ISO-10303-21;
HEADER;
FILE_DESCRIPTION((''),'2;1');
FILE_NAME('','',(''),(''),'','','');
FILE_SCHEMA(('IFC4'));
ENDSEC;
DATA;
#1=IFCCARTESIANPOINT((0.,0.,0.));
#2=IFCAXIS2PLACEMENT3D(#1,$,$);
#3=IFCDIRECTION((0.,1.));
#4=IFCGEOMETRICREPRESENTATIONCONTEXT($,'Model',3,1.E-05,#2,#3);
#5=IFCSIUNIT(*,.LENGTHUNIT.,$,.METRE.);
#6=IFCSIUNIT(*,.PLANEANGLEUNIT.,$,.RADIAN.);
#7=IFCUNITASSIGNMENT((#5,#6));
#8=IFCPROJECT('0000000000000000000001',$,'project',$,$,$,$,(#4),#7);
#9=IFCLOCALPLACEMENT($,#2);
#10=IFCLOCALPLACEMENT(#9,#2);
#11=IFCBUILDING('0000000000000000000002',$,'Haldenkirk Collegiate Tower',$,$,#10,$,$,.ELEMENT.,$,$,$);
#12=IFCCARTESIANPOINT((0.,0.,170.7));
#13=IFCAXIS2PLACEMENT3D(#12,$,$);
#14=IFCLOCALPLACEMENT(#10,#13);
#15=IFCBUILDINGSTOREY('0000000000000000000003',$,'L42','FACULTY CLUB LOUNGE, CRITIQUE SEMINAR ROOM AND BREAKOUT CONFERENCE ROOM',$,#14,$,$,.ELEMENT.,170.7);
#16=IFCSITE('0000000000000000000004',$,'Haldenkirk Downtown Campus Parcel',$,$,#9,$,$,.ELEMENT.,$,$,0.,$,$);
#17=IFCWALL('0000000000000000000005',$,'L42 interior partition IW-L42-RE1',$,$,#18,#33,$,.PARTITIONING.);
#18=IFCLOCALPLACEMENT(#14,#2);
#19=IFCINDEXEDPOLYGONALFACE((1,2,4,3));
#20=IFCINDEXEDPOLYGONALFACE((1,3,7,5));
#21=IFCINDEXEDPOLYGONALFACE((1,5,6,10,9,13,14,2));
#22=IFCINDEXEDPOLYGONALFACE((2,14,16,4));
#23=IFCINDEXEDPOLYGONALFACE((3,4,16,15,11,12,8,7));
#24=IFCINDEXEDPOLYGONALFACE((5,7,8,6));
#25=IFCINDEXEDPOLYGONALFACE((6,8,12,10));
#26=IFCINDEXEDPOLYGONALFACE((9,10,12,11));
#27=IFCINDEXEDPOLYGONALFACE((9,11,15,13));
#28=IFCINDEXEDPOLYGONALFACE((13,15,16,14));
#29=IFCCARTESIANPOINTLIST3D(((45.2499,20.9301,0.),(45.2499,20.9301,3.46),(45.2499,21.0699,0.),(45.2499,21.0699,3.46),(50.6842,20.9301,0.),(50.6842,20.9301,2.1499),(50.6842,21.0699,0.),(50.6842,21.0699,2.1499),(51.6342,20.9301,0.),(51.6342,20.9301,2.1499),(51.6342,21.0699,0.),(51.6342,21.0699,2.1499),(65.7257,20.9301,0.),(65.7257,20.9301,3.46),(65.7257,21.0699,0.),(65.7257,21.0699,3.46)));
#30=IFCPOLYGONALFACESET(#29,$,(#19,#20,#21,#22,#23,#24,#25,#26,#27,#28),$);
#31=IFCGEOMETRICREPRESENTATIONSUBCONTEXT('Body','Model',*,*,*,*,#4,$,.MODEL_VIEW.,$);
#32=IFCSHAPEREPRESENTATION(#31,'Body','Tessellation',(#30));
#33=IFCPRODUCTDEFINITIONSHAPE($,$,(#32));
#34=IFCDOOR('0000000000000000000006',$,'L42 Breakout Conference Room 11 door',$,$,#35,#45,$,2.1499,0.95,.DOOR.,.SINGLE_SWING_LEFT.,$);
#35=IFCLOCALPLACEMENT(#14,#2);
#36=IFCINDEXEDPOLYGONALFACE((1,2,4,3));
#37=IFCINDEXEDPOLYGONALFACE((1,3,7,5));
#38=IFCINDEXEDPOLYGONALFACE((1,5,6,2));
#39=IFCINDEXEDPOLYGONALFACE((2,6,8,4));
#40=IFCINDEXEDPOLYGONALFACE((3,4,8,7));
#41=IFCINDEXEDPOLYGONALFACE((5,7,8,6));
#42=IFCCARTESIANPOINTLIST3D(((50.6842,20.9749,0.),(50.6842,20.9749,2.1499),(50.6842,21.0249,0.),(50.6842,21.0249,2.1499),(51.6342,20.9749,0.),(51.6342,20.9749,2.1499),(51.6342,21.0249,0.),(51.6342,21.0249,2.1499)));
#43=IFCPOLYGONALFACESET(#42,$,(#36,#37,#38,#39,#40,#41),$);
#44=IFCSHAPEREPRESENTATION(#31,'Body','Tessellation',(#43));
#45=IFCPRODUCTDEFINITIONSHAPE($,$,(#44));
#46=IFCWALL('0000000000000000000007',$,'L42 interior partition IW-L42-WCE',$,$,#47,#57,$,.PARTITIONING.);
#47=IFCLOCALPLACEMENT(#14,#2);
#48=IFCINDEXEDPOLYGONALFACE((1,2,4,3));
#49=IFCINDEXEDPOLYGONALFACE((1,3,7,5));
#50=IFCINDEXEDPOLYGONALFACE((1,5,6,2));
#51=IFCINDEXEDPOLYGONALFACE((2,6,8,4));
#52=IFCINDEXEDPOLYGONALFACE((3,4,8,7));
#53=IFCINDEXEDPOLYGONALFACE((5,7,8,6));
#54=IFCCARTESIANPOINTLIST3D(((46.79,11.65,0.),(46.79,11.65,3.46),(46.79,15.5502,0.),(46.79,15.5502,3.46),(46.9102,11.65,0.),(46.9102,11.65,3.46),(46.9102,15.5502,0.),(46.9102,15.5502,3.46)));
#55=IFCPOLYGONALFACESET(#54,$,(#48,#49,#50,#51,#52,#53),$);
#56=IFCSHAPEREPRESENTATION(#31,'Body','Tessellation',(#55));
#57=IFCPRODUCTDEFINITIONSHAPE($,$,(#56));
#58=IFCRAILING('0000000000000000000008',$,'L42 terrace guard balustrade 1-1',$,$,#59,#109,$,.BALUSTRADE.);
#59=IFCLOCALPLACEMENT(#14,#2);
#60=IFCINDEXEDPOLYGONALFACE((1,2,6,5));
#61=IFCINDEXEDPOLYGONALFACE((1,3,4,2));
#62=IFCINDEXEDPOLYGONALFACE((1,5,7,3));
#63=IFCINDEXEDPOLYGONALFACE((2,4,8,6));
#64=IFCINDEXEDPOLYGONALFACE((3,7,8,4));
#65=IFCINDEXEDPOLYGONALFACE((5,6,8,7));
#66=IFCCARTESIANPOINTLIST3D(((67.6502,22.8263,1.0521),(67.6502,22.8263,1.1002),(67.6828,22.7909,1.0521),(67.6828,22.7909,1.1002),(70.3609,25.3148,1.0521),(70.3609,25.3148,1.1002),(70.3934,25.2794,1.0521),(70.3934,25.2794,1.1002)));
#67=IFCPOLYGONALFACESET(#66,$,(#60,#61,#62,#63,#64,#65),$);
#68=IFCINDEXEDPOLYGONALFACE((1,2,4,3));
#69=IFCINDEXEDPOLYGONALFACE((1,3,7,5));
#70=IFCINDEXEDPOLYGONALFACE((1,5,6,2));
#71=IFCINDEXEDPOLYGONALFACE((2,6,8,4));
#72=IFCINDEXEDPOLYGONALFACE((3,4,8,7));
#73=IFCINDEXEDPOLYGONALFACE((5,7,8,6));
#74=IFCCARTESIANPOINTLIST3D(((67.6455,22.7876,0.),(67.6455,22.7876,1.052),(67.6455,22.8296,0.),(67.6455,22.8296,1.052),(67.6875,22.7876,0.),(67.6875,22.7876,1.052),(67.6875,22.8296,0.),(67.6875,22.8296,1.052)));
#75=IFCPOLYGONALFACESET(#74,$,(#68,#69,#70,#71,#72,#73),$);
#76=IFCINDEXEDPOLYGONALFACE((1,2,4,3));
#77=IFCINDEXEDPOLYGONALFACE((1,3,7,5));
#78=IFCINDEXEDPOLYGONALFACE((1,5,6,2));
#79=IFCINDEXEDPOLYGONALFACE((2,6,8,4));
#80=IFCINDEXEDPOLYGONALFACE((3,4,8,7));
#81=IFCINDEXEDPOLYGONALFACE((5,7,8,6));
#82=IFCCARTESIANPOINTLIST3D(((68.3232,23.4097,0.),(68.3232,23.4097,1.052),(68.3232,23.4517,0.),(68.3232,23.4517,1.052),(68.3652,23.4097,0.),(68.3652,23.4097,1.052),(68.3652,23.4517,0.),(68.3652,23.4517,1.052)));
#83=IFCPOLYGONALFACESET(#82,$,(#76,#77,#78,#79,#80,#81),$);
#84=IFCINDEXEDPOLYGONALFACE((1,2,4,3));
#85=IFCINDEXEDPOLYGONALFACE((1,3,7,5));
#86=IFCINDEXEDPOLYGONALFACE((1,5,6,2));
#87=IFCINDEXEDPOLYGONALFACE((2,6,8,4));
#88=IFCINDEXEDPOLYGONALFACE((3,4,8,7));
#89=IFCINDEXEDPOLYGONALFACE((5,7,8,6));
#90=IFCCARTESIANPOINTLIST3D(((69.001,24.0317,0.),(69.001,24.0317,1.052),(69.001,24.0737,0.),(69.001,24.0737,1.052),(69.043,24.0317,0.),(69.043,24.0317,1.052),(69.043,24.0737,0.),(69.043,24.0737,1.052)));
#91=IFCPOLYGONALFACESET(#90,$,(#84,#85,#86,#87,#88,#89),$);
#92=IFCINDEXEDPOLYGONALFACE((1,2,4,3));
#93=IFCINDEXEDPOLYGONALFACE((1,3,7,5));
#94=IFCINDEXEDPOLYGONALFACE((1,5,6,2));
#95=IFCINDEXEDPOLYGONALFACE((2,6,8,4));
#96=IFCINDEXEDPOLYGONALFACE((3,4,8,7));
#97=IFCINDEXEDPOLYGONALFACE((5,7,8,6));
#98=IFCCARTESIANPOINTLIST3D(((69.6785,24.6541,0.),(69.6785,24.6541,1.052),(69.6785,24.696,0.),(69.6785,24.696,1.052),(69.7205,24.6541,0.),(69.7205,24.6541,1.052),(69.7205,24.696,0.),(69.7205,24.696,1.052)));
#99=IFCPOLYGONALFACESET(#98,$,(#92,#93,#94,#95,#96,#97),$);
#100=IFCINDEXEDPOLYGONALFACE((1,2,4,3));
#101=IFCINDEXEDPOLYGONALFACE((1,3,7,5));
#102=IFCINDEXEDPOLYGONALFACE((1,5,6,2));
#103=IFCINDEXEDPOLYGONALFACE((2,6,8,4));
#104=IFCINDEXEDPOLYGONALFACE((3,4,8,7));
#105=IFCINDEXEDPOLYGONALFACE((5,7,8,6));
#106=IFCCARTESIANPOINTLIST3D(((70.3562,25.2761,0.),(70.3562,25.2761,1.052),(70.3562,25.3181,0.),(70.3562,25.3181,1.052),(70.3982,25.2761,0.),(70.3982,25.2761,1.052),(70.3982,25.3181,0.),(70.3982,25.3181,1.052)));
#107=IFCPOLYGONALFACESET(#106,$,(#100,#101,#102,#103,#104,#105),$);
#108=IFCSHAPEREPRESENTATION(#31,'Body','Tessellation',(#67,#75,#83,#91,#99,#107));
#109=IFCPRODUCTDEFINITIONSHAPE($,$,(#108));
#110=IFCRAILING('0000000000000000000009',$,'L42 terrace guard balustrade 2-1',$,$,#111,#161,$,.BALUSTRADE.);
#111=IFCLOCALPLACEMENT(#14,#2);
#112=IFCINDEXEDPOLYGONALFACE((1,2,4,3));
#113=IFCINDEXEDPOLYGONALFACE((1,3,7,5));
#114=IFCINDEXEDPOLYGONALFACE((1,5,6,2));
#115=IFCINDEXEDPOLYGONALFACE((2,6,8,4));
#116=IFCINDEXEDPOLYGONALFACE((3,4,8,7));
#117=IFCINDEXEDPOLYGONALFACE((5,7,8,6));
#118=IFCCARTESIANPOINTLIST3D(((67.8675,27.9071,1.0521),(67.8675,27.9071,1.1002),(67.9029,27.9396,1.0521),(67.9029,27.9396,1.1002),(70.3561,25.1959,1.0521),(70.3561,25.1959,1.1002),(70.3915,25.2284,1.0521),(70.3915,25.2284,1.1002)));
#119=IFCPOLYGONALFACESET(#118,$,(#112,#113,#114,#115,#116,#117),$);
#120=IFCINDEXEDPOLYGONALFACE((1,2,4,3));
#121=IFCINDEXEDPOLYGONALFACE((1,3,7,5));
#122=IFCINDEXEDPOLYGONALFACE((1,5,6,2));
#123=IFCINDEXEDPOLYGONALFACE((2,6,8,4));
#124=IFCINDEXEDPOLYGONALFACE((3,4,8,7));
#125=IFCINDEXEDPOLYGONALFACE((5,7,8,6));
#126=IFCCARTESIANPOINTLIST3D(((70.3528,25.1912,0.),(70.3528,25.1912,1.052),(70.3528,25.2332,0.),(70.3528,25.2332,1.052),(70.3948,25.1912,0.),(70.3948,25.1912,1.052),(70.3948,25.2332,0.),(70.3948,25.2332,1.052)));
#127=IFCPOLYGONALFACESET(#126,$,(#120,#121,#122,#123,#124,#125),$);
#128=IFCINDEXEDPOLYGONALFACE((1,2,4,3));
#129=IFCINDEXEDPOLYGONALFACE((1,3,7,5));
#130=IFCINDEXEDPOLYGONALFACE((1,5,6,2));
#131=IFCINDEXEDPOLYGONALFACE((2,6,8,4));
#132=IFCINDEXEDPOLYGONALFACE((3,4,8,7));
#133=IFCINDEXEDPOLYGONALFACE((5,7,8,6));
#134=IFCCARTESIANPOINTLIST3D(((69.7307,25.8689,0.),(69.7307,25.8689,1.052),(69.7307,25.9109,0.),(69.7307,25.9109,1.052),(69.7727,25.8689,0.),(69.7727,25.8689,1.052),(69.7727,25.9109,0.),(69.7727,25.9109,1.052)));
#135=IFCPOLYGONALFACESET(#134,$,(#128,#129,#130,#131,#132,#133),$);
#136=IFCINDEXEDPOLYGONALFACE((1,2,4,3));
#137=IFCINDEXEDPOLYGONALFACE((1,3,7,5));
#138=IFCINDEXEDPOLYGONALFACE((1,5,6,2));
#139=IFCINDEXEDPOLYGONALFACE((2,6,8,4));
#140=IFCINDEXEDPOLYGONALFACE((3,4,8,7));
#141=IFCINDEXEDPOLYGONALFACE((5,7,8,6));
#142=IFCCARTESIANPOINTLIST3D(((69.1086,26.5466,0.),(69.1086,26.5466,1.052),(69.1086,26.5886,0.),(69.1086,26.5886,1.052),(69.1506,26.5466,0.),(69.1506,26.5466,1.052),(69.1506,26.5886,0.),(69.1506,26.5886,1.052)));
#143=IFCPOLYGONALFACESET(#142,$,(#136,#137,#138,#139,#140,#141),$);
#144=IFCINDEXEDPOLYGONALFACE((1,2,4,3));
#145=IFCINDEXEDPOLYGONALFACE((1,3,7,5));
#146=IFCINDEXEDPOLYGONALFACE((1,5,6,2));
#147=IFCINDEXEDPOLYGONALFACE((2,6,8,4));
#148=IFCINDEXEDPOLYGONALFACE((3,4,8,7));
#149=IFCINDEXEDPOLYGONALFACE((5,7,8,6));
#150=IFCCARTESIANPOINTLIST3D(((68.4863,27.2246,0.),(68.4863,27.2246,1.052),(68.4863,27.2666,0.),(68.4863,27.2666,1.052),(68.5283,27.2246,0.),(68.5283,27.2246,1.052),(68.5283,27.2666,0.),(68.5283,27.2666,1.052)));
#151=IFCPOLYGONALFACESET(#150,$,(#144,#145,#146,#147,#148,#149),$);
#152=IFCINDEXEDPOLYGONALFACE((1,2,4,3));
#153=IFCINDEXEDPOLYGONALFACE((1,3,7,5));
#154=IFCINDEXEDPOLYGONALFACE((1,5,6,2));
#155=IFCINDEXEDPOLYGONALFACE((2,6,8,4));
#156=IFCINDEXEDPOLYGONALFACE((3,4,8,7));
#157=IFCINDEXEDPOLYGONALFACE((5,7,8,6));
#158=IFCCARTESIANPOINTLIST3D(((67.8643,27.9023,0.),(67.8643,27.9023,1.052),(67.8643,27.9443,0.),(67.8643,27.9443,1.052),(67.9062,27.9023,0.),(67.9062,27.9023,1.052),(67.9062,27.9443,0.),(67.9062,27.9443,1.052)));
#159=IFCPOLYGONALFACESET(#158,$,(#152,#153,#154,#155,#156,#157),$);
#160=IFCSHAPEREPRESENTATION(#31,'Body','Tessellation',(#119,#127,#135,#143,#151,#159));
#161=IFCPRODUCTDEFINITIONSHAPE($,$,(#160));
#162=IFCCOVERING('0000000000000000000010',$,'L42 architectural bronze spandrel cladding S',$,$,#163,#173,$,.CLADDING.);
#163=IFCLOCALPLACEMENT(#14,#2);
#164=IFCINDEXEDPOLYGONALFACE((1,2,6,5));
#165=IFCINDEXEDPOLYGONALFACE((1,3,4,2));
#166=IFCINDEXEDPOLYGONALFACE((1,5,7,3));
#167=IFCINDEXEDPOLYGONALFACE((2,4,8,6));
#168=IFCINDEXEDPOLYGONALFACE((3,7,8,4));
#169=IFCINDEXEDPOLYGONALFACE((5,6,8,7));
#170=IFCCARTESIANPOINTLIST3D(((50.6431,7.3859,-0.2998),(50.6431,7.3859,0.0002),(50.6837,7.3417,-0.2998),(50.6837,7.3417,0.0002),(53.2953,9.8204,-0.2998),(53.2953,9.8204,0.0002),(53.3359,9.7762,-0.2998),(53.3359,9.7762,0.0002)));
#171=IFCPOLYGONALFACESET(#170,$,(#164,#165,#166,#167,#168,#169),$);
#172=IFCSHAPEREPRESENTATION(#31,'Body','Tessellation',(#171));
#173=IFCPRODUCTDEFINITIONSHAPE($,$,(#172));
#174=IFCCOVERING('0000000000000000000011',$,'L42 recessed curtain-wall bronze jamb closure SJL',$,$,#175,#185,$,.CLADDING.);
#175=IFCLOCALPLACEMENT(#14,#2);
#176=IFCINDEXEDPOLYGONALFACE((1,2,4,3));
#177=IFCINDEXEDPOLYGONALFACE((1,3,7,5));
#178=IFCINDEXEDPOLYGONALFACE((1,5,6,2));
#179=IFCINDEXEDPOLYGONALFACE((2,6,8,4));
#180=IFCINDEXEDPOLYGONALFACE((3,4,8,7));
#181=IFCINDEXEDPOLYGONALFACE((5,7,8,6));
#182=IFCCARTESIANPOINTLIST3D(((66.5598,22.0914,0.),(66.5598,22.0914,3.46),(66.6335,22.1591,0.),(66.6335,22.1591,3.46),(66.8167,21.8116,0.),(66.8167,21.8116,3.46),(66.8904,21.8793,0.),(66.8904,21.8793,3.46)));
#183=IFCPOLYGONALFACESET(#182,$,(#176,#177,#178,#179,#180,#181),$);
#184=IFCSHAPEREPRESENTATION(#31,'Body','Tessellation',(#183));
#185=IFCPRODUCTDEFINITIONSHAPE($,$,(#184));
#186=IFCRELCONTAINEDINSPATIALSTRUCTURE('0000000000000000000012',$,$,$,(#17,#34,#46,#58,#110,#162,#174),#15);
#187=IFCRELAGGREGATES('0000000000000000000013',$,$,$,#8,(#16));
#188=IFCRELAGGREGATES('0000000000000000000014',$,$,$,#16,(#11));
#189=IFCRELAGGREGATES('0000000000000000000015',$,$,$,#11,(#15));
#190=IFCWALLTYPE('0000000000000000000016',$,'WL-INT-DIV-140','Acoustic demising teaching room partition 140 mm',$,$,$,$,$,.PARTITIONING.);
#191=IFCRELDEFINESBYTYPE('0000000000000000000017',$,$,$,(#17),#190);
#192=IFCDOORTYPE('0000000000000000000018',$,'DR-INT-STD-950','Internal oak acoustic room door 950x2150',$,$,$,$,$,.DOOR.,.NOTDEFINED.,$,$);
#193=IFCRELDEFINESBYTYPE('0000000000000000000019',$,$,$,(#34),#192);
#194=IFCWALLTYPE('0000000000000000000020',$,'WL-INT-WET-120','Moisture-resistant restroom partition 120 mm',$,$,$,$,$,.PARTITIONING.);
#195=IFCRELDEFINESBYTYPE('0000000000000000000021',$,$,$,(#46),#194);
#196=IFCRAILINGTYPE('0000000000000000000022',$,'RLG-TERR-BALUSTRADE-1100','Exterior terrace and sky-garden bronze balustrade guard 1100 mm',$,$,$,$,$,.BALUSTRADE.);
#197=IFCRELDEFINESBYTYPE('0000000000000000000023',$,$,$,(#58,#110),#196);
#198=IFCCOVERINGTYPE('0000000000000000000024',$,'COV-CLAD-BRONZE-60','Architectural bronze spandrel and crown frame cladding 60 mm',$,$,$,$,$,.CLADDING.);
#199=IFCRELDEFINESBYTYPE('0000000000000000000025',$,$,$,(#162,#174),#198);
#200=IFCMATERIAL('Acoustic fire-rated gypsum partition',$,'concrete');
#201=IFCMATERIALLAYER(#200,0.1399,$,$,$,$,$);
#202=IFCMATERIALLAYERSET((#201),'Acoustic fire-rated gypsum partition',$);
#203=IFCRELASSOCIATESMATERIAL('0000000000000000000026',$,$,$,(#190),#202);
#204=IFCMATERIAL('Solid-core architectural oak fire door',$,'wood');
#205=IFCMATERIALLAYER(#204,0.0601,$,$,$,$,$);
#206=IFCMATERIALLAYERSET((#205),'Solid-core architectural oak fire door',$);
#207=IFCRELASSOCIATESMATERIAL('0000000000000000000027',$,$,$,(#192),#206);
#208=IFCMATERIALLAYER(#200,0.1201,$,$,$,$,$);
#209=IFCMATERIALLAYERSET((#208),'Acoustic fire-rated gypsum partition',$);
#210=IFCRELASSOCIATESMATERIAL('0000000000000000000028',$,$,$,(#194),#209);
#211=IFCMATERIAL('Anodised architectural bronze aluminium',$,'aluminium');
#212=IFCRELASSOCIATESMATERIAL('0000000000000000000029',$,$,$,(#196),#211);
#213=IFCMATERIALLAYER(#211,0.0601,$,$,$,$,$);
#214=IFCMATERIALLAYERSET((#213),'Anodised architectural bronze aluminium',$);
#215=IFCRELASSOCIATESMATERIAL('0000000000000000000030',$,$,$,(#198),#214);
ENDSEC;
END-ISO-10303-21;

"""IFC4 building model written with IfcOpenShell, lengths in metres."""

from ifc_helpers import new_model, si_unit, direction, frame, frame_2d, origin, origin_2d, place, context, subcontext, project, spatial, rectangle, extrude, source, transform, mapped, material, layer, layer_set, type_object, element, fill, save


model = new_model("IFC4")

# Units and contexts
model_context = context("Model", 3, precision=1e-05, world=origin(), true_north=direction((0.0, 1.0)))
body_context = subcontext(model_context, "Body", "Model", "MODEL_VIEW")
ifc_project = project(units=[si_unit("LENGTHUNIT", "METRE"), si_unit("PLANEANGLEUNIT", "RADIAN")], contexts=[model_context])

# Site, building, storey
site_placement = place(None, origin())
site = spatial("IfcSite", under=ifc_project, at=site_placement, Name="Haldenkirk Downtown Campus Parcel", CompositionType="ELEMENT", RefElevation=0.0)
building_placement = place(site_placement, origin())
building = spatial("IfcBuilding", under=site, at=building_placement, Name="Haldenkirk Collegiate Tower", CompositionType="ELEMENT")
storey_placement = place(building_placement, frame((0.0, 0.0, 170.7)))
storey = spatial("IfcBuildingStorey", under=building, at=storey_placement, Name="L42", Description="FACULTY CLUB LOUNGE, CRITIQUE SEMINAR ROOM AND BREAKOUT CONFERENCE ROOM", CompositionType="ELEMENT", Elevation=170.7)

# Shared definitions
ifc_material_1 = material(Name="Anodised architectural bronze aluminium", Category="aluminium")

# Shared definitions
ifc_material_2 = material(Name="Acoustic fire-rated gypsum partition", Category="concrete")
ifc_layer_1 = layer(ifc_material_2, 0.1399)
ifc_layer_set_1 = layer_set([ifc_layer_1], Name="Acoustic fire-rated gypsum partition")
wall_type_1 = type_object("IfcWallType", Name="WL-INT-DIV-140", Description="Acoustic demising teaching room partition 140 mm", PredefinedType="PARTITIONING", material=ifc_layer_set_1)

# Wall, opening, door
wall_1_placement = place(storey_placement, frame((45.25, 21.0, 0.0), z_axis=(0.0, 0.0, 1.0), x_axis=(1.0, 0.0, 0.0)))
wall_1 = element("IfcWall", 1, at=wall_1_placement, inside=storey, type_object=wall_type_1, Name="L42 interior partition IW-L42-RE1", PredefinedType="PARTITIONING", context=body_context, shape_type="SweptSolid", body=[
    extrude(rectangle(XDim=20.4758, YDim=0.1399, at=frame_2d((10.2378, 0.0))), origin(), (0.0, 0.0, 1.0), 3.46),
])
opening_placement = place(wall_1_placement, frame((5.4341, 0.0, 0.0)))
opening = element("IfcOpeningElement", 2, at=opening_placement, cuts=wall_1, PredefinedType="OPENING", context=body_context, shape_type="SweptSolid", body=[
    extrude(rectangle(XDim=0.95, YDim=2.1499, at=frame_2d((0.4751, 1.075))), frame((0.0, 0.0798, 0.0), z_axis=(0.0, -1.0, 0.0), x_axis=(1.0, 0.0, 0.0)), (0.0, 0.0, 1.0), 0.1599),
])
ifc_material_3 = material(Name="Solid-core architectural oak fire door", Category="wood")
ifc_layer_2 = layer(ifc_material_3, 0.0601)
ifc_layer_set_2 = layer_set([ifc_layer_2], Name="Solid-core architectural oak fire door")
door_type = type_object("IfcDoorType", Name="DR-INT-STD-950", Description="Internal oak acoustic room door 950x2150", OperationType="NOTDEFINED", PredefinedType="DOOR", material=ifc_layer_set_2)
door_placement = place(opening_placement, origin())
door = element("IfcDoor", 3, at=door_placement, inside=storey, type_object=door_type, Name="L42 Breakout Conference Room 11 door", OperationType="SINGLE_SWING_LEFT", OverallHeight=2.1499, OverallWidth=0.95, PredefinedType="DOOR", context=body_context, shape_type="SweptSolid", body=[
    extrude(rectangle(XDim=0.95, YDim=2.1499, at=frame_2d((0.4751, 1.075))), frame((0.0, 0.0249, 0.0), z_axis=(0.0, -1.0, 0.0), x_axis=(1.0, 0.0, 0.0)), (0.0, 0.0, 1.0), 0.05),
])
fill(opening, door)

# Wall
ifc_layer_3 = layer(ifc_material_2, 0.1201)
ifc_layer_set_3 = layer_set([ifc_layer_3], Name="Acoustic fire-rated gypsum partition")
wall_type_2 = type_object("IfcWallType", Name="WL-INT-WET-120", Description="Moisture-resistant restroom partition 120 mm", PredefinedType="PARTITIONING", material=ifc_layer_set_3)
wall_2_placement = place(storey_placement, frame((46.8501, 11.6499, 0.0), z_axis=(0.0, 0.0, 1.0), x_axis=(0.0, 1.0, 0.0)))
element("IfcWall", 4, at=wall_2_placement, inside=storey, type_object=wall_type_2, Name="L42 interior partition IW-L42-WCE", PredefinedType="PARTITIONING", context=body_context, shape_type="SweptSolid", body=[
    extrude(rectangle(XDim=3.9001, YDim=0.1201, at=frame_2d((1.9502, 0.0))), origin(), (0.0, 0.0, 1.0), 3.46),
])

# Railings
railing_type = type_object("IfcRailingType", Name="RLG-TERR-BALUSTRADE-1100", Description="Exterior terrace and sky-garden bronze balustrade guard 1100 mm", PredefinedType="BALUSTRADE", material=ifc_material_1)
railing_1_placement = place(storey_placement, frame((67.6665, 22.8086, 0.0)))
element("IfcRailing", 5, at=railing_1_placement, inside=storey, type_object=railing_type, Name="L42 terrace guard balustrade 1-1", PredefinedType="BALUSTRADE", context=body_context, shape_type="SweptSolid", body=[
    extrude(rectangle(XDim=0.0481, YDim=0.0481, at=origin_2d()), frame((0.0, 0.0, 1.0762), z_axis=(0.73665, 0.676274, 0.0), x_axis=(-0.676274, 0.73665, 0.0)), (0.0, 0.0, 1.0), 3.6797),
    extrude(rectangle(XDim=0.042, YDim=0.042, at=origin_2d()), origin(), (0.0, 0.0, 1.0), 1.052),
    extrude(rectangle(XDim=0.042, YDim=0.042, at=origin_2d()), frame((0.6777, 0.6221, 0.0)), (0.0, 0.0, 1.0), 1.052),
    extrude(rectangle(XDim=0.042, YDim=0.042, at=origin_2d()), frame((1.3555, 1.2441, 0.0)), (0.0, 0.0, 1.0), 1.052),
    extrude(rectangle(XDim=0.042, YDim=0.042, at=origin_2d()), frame((2.033, 1.8665, 0.0)), (0.0, 0.0, 1.0), 1.052),
    extrude(rectangle(XDim=0.042, YDim=0.042, at=origin_2d()), frame((2.7107, 2.4885, 0.0)), (0.0, 0.0, 1.0), 1.052),
])
railing_2_placement = place(storey_placement, frame((70.3738, 25.2122, 0.0)))
element("IfcRailing", 6, at=railing_2_placement, inside=storey, type_object=railing_type, Name="L42 terrace guard balustrade 2-1", PredefinedType="BALUSTRADE", context=body_context, shape_type="SweptSolid", body=[
    extrude(rectangle(XDim=0.0481, YDim=0.0481, at=origin_2d()), frame((0.0, 0.0, 1.0762), z_axis=(-0.676208, 0.736711, 0.0), x_axis=(-0.736711, -0.676208, 0.0)), (0.0, 0.0, 1.0), 3.6802),
    extrude(rectangle(XDim=0.042, YDim=0.042, at=origin_2d()), origin(), (0.0, 0.0, 1.0), 1.052),
    extrude(rectangle(XDim=0.042, YDim=0.042, at=origin_2d()), frame((-0.6221, 0.6777, 0.0)), (0.0, 0.0, 1.0), 1.052),
    extrude(rectangle(XDim=0.042, YDim=0.042, at=origin_2d()), frame((-1.2441, 1.3555, 0.0)), (0.0, 0.0, 1.0), 1.052),
    extrude(rectangle(XDim=0.042, YDim=0.042, at=origin_2d()), frame((-1.8665, 2.0334, 0.0)), (0.0, 0.0, 1.0), 1.052),
    extrude(rectangle(XDim=0.042, YDim=0.042, at=origin_2d()), frame((-2.4885, 2.7112, 0.0)), (0.0, 0.0, 1.0), 1.052),
])

# Coverings
ifc_layer_4 = layer(ifc_material_1, 0.0601)
ifc_layer_set_4 = layer_set([ifc_layer_4], Name="Anodised architectural bronze aluminium")
covering_type = type_object("IfcCoveringType", Name="COV-CLAD-BRONZE-60", Description="Architectural bronze spandrel and crown frame cladding 60 mm", PredefinedType="CLADDING", material=ifc_layer_set_4)
shared_shape_1 = source(origin(), body_context, "Body", "SweptSolid", [
    extrude(rectangle(XDim=3.6001, YDim=0.0601, at=origin_2d()), origin(), (0.0, 0.0, 1.0), 0.3),
])
covering_1_placement = place(storey_placement, frame((51.9895, 8.5811, -0.2998), z_axis=(0.0, 0.0, 1.0), x_axis=(-0.736687, -0.676233, 0.0)))
element("IfcCovering", 7, at=covering_1_placement, inside=storey, type_object=covering_type, Name="L42 architectural bronze spandrel cladding S", PredefinedType="CLADDING", context=body_context, shape_type="MappedRepresentation", body=[
    mapped(shared_shape_1, transform((0.0, 0.0, 0.0), x_axis=(1.0, 0.0, 0.0), y_axis=(0.0, 1.0, 0.0), z_axis=(0.0, 0.0, 1.0), scale=1.0)),
])
shared_shape_2 = source(origin(), body_context, "Body", "SweptSolid", [
    extrude(rectangle(XDim=0.1001, YDim=0.3799, at=origin_2d()), origin(), (0.0, 0.0, 1.0), 3.46),
])
covering_2_placement = place(storey_placement, frame((66.7251, 21.9854, 0.0), z_axis=(0.0, 0.0, 1.0), x_axis=(-0.736687, -0.676233, 0.0)))
element("IfcCovering", 8, at=covering_2_placement, inside=storey, type_object=covering_type, Name="L42 recessed curtain-wall bronze jamb closure SJL", PredefinedType="CLADDING", context=body_context, shape_type="MappedRepresentation", body=[
    mapped(shared_shape_2, transform((0.0, 0.0, 0.0), x_axis=(1.0, 0.0, 0.0), y_axis=(0.0, 1.0, 0.0), z_axis=(0.0, 0.0, 1.0), scale=1.0)),
])

save(model, "model.ifc")
